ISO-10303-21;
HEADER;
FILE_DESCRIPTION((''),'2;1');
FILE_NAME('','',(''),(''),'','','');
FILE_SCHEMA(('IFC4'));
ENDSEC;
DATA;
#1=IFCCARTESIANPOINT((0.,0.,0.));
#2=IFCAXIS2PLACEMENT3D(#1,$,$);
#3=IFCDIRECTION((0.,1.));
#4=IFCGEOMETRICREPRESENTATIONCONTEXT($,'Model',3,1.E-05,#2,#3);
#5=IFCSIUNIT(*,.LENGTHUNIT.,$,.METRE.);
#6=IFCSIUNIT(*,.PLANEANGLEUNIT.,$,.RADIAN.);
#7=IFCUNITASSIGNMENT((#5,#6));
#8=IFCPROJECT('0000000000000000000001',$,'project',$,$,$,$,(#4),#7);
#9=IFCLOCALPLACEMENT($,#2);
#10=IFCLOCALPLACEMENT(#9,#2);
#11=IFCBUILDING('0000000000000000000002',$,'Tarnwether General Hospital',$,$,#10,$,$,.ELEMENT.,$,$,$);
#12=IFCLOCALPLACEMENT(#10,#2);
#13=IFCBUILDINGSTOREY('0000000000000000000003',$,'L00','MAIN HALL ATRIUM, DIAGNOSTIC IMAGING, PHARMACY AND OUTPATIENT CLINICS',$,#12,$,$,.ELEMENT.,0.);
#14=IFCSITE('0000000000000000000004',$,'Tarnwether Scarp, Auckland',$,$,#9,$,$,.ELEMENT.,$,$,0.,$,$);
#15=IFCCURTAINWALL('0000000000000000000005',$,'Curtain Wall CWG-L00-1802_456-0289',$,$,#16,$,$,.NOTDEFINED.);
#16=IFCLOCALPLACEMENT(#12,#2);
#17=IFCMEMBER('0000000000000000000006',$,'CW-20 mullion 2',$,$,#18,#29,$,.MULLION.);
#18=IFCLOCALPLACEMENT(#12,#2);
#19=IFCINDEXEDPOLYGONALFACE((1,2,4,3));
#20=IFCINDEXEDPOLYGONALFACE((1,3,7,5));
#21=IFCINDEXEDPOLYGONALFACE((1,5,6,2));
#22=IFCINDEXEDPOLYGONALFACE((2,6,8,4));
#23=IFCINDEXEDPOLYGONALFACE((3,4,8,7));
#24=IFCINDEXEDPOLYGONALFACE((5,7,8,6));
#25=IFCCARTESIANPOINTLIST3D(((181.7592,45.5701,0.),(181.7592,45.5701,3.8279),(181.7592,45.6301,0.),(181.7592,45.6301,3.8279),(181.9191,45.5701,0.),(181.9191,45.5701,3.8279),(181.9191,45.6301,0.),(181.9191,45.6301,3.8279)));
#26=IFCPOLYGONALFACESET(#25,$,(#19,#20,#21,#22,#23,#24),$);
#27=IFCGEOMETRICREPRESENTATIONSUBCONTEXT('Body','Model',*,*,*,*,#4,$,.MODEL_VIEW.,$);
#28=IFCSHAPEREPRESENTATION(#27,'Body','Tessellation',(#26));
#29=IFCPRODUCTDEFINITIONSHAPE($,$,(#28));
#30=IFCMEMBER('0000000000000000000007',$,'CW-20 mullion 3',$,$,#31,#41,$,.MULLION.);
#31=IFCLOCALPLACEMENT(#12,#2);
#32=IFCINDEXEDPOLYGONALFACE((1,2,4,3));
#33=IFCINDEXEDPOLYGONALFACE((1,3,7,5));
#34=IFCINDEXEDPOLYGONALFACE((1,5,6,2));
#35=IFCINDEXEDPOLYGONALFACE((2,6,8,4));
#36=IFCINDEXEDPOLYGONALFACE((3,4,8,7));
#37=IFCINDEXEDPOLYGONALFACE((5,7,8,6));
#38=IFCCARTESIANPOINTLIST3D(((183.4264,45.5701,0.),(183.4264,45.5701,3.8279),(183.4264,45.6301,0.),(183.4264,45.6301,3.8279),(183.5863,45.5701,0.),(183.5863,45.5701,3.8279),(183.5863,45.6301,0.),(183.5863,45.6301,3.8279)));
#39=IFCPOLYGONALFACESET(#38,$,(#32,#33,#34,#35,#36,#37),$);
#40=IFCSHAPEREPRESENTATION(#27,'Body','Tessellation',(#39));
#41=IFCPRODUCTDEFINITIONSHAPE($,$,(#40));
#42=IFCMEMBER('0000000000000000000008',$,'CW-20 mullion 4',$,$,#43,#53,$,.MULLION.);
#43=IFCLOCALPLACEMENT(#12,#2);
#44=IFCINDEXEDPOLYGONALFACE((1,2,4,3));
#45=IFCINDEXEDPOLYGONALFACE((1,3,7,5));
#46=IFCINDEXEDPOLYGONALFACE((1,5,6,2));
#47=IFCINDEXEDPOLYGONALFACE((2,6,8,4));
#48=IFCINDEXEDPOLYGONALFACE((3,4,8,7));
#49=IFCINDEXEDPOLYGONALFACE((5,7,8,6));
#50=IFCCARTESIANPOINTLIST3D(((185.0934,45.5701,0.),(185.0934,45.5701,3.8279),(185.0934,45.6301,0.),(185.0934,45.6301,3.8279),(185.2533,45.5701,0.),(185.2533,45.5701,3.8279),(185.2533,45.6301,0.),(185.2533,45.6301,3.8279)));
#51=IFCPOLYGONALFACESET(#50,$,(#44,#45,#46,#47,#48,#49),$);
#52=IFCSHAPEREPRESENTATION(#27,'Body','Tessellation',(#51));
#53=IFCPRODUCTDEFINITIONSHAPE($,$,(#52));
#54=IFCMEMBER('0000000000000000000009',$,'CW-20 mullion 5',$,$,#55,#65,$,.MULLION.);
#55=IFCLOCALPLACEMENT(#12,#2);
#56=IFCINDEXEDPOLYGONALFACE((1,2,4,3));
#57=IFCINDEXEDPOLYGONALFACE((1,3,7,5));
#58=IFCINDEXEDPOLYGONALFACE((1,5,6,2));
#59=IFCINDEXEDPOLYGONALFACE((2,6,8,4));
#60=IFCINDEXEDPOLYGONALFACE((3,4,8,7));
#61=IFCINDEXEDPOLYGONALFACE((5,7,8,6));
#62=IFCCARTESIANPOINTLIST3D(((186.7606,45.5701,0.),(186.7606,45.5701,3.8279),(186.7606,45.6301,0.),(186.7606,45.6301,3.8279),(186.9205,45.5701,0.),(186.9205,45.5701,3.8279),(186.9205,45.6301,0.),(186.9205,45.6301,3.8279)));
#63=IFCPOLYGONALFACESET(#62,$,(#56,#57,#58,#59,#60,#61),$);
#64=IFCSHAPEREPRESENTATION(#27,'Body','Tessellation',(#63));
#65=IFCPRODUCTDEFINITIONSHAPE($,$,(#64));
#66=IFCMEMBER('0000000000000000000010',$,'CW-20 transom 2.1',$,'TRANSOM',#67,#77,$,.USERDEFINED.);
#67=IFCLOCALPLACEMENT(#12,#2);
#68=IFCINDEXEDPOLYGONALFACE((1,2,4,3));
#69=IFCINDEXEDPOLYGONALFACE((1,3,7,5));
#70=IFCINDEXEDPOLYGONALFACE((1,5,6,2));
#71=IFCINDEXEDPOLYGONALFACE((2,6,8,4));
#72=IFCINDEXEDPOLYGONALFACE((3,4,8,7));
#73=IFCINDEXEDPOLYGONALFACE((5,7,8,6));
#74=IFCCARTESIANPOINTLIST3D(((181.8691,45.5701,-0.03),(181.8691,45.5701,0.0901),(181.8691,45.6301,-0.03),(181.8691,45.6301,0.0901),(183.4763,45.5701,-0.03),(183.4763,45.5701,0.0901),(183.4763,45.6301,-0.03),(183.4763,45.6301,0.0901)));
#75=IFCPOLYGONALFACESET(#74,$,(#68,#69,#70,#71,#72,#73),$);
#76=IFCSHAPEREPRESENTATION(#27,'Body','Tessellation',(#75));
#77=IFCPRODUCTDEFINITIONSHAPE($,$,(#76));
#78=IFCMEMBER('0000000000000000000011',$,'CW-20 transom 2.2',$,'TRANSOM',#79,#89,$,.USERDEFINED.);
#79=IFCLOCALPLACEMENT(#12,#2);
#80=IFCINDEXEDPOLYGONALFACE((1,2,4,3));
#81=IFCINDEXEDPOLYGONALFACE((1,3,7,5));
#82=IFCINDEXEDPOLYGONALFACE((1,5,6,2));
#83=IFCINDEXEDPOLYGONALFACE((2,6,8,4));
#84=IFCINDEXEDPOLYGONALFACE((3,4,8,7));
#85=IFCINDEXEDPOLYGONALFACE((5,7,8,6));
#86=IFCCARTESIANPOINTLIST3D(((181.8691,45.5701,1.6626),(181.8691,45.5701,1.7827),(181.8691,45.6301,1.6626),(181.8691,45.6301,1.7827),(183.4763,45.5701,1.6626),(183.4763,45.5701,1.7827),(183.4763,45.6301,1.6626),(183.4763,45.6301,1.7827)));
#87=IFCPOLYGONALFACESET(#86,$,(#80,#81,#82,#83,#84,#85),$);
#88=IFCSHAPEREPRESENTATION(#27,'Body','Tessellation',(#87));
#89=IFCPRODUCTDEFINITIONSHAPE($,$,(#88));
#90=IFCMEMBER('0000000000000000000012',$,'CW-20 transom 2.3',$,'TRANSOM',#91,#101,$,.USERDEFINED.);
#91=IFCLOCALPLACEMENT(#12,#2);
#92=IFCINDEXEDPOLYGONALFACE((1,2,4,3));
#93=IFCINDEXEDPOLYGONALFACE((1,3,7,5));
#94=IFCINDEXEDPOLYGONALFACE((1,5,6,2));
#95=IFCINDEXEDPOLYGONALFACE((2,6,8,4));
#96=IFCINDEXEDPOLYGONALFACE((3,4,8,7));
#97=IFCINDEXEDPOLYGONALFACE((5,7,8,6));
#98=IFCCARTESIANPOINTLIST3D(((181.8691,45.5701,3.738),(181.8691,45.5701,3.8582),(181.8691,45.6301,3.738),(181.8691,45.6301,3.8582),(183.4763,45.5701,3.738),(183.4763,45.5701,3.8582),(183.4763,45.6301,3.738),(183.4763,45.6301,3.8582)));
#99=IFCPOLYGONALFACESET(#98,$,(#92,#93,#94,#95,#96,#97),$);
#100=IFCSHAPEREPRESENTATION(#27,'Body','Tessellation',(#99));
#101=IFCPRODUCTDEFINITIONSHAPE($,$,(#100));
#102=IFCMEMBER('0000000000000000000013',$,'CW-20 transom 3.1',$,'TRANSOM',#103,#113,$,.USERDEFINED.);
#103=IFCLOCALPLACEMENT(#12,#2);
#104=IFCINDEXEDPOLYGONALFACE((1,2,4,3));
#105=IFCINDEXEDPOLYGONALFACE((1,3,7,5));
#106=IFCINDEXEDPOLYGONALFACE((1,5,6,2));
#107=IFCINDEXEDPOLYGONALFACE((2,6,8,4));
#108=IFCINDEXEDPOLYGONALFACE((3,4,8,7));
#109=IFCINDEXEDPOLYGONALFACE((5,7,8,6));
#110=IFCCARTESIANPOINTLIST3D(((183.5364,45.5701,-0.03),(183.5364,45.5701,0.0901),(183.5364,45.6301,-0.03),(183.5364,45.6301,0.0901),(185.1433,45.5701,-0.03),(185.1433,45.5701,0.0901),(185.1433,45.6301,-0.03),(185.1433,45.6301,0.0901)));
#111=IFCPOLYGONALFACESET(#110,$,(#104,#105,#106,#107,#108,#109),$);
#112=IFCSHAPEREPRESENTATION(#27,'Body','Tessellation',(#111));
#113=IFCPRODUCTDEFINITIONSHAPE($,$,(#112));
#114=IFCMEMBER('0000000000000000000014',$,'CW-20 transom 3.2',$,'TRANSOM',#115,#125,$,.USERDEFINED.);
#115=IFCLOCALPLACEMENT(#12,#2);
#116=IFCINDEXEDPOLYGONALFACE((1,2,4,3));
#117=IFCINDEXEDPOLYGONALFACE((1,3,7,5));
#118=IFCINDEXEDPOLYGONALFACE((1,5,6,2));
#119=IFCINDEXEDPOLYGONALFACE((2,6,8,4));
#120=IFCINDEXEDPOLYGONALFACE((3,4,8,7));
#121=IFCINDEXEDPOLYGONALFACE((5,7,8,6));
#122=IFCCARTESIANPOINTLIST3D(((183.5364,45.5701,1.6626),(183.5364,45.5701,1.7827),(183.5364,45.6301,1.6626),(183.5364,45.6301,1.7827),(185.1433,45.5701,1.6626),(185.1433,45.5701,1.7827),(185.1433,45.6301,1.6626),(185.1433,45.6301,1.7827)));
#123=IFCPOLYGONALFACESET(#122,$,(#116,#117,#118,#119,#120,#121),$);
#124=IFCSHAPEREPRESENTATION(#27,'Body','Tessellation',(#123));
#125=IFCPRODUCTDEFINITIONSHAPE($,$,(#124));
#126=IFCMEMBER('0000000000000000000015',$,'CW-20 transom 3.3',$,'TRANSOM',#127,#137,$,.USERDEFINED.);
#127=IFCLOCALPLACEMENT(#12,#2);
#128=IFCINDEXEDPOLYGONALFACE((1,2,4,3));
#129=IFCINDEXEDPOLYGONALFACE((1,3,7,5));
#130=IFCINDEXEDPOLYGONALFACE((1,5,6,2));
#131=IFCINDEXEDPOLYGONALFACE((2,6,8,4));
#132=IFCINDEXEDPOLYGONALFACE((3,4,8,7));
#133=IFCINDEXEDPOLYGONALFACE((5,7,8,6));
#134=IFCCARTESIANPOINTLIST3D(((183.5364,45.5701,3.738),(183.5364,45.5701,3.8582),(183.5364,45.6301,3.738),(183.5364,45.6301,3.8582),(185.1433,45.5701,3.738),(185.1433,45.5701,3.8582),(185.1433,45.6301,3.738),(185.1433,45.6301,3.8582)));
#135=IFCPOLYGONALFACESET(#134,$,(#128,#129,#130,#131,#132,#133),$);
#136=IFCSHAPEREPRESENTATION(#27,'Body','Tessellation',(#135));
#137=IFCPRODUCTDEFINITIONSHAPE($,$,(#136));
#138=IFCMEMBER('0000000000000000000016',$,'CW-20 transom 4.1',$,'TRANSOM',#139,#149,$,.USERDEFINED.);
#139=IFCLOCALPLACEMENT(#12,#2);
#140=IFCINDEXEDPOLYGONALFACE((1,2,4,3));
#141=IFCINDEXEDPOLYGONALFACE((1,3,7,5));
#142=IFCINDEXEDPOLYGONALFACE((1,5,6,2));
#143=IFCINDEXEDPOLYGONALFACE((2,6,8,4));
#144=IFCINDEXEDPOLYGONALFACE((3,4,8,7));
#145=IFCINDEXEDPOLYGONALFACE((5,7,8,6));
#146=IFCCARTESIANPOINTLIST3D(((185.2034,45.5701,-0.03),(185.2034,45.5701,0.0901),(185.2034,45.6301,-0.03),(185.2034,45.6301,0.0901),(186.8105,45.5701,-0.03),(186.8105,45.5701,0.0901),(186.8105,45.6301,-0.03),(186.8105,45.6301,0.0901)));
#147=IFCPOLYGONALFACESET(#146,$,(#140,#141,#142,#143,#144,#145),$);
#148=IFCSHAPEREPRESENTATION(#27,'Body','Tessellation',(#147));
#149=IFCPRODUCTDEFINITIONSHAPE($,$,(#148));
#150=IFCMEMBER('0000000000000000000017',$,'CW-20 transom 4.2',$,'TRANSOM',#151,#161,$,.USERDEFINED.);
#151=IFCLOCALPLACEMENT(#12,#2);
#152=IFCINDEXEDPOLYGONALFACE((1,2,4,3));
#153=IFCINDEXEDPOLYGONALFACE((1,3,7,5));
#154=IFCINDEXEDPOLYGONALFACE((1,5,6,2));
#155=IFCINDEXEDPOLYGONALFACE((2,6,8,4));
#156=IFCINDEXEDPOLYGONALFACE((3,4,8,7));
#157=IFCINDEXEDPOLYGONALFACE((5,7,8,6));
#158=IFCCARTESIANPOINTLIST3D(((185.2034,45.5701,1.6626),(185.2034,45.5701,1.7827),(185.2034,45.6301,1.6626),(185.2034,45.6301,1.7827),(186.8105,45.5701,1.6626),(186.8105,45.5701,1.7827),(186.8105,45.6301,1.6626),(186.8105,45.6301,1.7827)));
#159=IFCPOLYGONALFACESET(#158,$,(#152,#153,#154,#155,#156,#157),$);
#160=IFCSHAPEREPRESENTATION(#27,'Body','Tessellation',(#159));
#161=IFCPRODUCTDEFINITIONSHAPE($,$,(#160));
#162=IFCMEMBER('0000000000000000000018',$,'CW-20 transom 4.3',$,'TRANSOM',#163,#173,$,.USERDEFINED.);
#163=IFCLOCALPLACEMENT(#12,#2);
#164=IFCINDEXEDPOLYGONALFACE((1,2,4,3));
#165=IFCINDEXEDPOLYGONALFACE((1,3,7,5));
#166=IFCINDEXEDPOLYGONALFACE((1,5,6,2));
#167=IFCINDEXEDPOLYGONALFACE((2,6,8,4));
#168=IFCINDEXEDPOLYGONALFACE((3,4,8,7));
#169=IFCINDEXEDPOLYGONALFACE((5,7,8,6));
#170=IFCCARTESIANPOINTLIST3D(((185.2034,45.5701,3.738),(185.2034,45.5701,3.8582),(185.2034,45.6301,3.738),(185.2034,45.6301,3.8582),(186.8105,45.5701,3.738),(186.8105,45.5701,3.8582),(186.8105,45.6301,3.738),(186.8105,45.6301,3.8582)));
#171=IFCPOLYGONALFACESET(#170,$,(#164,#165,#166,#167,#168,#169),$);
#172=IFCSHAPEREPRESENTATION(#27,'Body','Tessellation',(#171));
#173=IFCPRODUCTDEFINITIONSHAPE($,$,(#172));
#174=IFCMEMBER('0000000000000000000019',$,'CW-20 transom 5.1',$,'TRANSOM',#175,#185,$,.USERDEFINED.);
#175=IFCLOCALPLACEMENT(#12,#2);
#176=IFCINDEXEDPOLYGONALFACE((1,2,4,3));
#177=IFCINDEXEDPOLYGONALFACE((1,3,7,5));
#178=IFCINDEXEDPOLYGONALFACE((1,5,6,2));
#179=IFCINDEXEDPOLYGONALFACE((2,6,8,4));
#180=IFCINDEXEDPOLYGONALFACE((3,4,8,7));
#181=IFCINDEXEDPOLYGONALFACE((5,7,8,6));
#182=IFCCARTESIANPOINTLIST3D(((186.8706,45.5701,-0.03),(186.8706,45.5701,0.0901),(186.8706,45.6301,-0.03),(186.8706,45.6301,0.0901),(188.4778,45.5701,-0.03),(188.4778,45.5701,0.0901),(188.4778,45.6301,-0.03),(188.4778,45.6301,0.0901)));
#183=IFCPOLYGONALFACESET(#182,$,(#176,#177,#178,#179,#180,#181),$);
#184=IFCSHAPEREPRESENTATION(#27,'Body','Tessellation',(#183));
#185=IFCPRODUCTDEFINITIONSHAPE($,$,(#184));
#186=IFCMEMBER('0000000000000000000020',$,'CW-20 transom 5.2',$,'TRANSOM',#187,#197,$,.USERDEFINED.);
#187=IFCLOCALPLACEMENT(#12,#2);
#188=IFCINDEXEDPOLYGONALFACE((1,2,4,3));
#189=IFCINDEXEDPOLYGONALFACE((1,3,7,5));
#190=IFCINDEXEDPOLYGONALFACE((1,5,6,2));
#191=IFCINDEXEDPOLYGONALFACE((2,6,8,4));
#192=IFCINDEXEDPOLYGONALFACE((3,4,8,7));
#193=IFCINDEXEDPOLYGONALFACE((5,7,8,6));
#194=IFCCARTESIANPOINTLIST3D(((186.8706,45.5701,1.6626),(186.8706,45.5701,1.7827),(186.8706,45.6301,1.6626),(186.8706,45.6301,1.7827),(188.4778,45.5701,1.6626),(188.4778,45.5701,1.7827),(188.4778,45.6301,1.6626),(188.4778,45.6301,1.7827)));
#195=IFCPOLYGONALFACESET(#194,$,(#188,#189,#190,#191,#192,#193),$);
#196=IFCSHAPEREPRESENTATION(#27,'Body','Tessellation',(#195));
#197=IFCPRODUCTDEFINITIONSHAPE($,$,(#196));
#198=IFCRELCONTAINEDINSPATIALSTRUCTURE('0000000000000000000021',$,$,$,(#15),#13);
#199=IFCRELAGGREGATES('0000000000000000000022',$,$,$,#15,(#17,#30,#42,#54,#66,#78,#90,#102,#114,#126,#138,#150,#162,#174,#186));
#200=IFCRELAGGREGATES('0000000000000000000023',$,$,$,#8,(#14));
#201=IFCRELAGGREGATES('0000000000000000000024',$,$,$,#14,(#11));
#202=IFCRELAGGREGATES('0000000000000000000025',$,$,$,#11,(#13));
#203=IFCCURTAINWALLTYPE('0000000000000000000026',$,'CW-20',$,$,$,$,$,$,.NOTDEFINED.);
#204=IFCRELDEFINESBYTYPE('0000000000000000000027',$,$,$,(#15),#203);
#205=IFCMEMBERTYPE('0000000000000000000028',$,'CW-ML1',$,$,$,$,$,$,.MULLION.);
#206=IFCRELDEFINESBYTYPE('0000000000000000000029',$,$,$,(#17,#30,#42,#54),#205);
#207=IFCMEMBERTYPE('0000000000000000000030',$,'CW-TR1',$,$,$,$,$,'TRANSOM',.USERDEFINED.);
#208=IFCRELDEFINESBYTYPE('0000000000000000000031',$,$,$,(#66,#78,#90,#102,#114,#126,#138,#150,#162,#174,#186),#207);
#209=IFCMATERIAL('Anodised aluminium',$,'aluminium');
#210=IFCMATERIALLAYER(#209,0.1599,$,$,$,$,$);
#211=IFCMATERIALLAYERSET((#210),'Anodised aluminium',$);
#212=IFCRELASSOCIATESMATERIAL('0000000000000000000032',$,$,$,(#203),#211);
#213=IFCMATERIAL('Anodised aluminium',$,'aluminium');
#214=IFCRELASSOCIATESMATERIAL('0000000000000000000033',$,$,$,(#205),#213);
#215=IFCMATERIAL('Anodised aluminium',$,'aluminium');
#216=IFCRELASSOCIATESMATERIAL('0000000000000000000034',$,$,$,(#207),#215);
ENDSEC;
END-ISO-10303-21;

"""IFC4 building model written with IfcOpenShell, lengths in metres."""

from ifc_helpers import new_model, si_unit, direction, frame, origin, origin_2d, place, context, subcontext, project, spatial, rectangle, extrude, material, layer, layer_set, material_profile, profile_set, type_object, element, aggregate, save


model = new_model("IFC4")

# Units and contexts
model_context = context("Model", 3, precision=1e-05, world=origin(), true_north=direction((0.0, 1.0)))
body_context = subcontext(model_context, "Body", "Model", "MODEL_VIEW")
ifc_project = project(units=[si_unit("LENGTHUNIT", "METRE"), si_unit("PLANEANGLEUNIT", "RADIAN")], contexts=[model_context])

# Site, building, storey
site_placement = place(None, origin())
site = spatial("IfcSite", under=ifc_project, at=site_placement, Name="Tarnwether Scarp, Auckland", CompositionType="ELEMENT", RefElevation=0.0)
building_placement = place(site_placement, origin())
building = spatial("IfcBuilding", under=site, at=building_placement, Name="Tarnwether General Hospital", CompositionType="ELEMENT")
storey_placement = place(building_placement, origin())
storey = spatial("IfcBuildingStorey", under=building, at=storey_placement, Name="L00", Description="MAIN HALL ATRIUM, DIAGNOSTIC IMAGING, PHARMACY AND OUTPATIENT CLINICS", CompositionType="ELEMENT", Elevation=0.0)

# Curtain wall, members
ifc_material_1 = material(Name="Anodised aluminium", Category="aluminium")
ifc_layer_1 = layer(ifc_material_1, 0.1599)
ifc_layer_set_1 = layer_set([ifc_layer_1], Name="Anodised aluminium")
curtain_wall_type = type_object("IfcCurtainWallType", Name="CW-20", PredefinedType="NOTDEFINED", material=ifc_layer_set_1)
curtain_wall_placement = place(storey_placement, origin())
curtain_wall = element("IfcCurtainWall", 1, at=curtain_wall_placement, inside=storey, type_object=curtain_wall_type, Name="Curtain Wall CWG-L00-1802_456-0289", PredefinedType="NOTDEFINED")
ifc_material_2 = material(Name="Anodised aluminium", Category="aluminium")
ifc_material_profile_1 = material_profile(ifc_material_2, rectangle(XDim=0.0601, YDim=0.1599, at=origin_2d()), Name="ALU-MUL-60x160")
ifc_profile_set_1 = profile_set([ifc_material_profile_1], Name="Anodised aluminium")
member_type_1 = type_object("IfcMemberType", Name="CW-ML1", PredefinedType="MULLION", material=ifc_profile_set_1)
member_1_placement = place(storey_placement, frame((181.8391, 45.6001, 0.0), z_axis=(0.0, 0.0, 1.0), x_axis=(0.0, 1.0, 0.0)))
member_1 = element("IfcMember", 2, at=member_1_placement, type_object=member_type_1, Name="CW-20 mullion 2", PredefinedType="MULLION", context=body_context, shape_type="SweptSolid", body=[
    extrude(rectangle(XDim=0.0601, YDim=0.1599, at=origin_2d()), origin(), (0.0, 0.0, 1.0), 3.8279),
])
member_2_placement = place(storey_placement, frame((183.5063, 45.6001, 0.0), z_axis=(0.0, 0.0, 1.0), x_axis=(0.0, 1.0, 0.0)))
member_2 = element("IfcMember", 3, at=member_2_placement, type_object=member_type_1, Name="CW-20 mullion 3", PredefinedType="MULLION", context=body_context, shape_type="SweptSolid", body=[
    extrude(rectangle(XDim=0.0601, YDim=0.1599, at=origin_2d()), origin(), (0.0, 0.0, 1.0), 3.8279),
])
member_3_placement = place(storey_placement, frame((185.1733, 45.6001, 0.0), z_axis=(0.0, 0.0, 1.0), x_axis=(0.0, 1.0, 0.0)))
member_3 = element("IfcMember", 4, at=member_3_placement, type_object=member_type_1, Name="CW-20 mullion 4", PredefinedType="MULLION", context=body_context, shape_type="SweptSolid", body=[
    extrude(rectangle(XDim=0.0601, YDim=0.1599, at=origin_2d()), origin(), (0.0, 0.0, 1.0), 3.8279),
])
member_4_placement = place(storey_placement, frame((186.8406, 45.6001, 0.0), z_axis=(0.0, 0.0, 1.0), x_axis=(0.0, 1.0, 0.0)))
member_4 = element("IfcMember", 5, at=member_4_placement, type_object=member_type_1, Name="CW-20 mullion 5", PredefinedType="MULLION", context=body_context, shape_type="SweptSolid", body=[
    extrude(rectangle(XDim=0.0601, YDim=0.1599, at=origin_2d()), origin(), (0.0, 0.0, 1.0), 3.8279),
])
ifc_material_3 = material(Name="Anodised aluminium", Category="aluminium")
ifc_material_profile_2 = material_profile(ifc_material_3, rectangle(XDim=0.0601, YDim=0.1201, at=origin_2d()), Name="ALU-TRN-60x120")
ifc_profile_set_2 = profile_set([ifc_material_profile_2], Name="Anodised aluminium")
member_type_2 = type_object("IfcMemberType", Name="CW-TR1", ElementType="TRANSOM", PredefinedType="USERDEFINED", material=ifc_profile_set_2)
member_5_placement = place(storey_placement, frame((181.8691, 45.6001, 0.03), z_axis=(1.0, 0.0, 0.0), x_axis=(0.0, 1.0, 0.0)))
member_5 = element("IfcMember", 6, at=member_5_placement, type_object=member_type_2, Name="CW-20 transom 2.1", ObjectType="TRANSOM", PredefinedType="USERDEFINED", context=body_context, shape_type="SweptSolid", body=[
    extrude(rectangle(XDim=0.0601, YDim=0.1201, at=origin_2d()), origin(), (0.0, 0.0, 1.0), 1.6072),
])
member_6_placement = place(storey_placement, frame((181.8691, 45.6001, 1.7227), z_axis=(1.0, 0.0, 0.0), x_axis=(0.0, 1.0, 0.0)))
member_6 = element("IfcMember", 7, at=member_6_placement, type_object=member_type_2, Name="CW-20 transom 2.2", ObjectType="TRANSOM", PredefinedType="USERDEFINED", context=body_context, shape_type="SweptSolid", body=[
    extrude(rectangle(XDim=0.0601, YDim=0.1201, at=origin_2d()), origin(), (0.0, 0.0, 1.0), 1.6072),
])
member_7_placement = place(storey_placement, frame((181.8691, 45.6001, 3.7981), z_axis=(1.0, 0.0, 0.0), x_axis=(0.0, 1.0, 0.0)))
member_7 = element("IfcMember", 8, at=member_7_placement, type_object=member_type_2, Name="CW-20 transom 2.3", ObjectType="TRANSOM", PredefinedType="USERDEFINED", context=body_context, shape_type="SweptSolid", body=[
    extrude(rectangle(XDim=0.0601, YDim=0.1201, at=origin_2d()), origin(), (0.0, 0.0, 1.0), 1.6072),
])
member_8_placement = place(storey_placement, frame((183.5364, 45.6001, 0.03), z_axis=(1.0, 0.0, 0.0), x_axis=(0.0, 1.0, 0.0)))
member_8 = element("IfcMember", 9, at=member_8_placement, type_object=member_type_2, Name="CW-20 transom 3.1", ObjectType="TRANSOM", PredefinedType="USERDEFINED", context=body_context, shape_type="SweptSolid", body=[
    extrude(rectangle(XDim=0.0601, YDim=0.1201, at=origin_2d()), origin(), (0.0, 0.0, 1.0), 1.6069),
])
member_9_placement = place(storey_placement, frame((183.5364, 45.6001, 1.7227), z_axis=(1.0, 0.0, 0.0), x_axis=(0.0, 1.0, 0.0)))
member_9 = element("IfcMember", 10, at=member_9_placement, type_object=member_type_2, Name="CW-20 transom 3.2", ObjectType="TRANSOM", PredefinedType="USERDEFINED", context=body_context, shape_type="SweptSolid", body=[
    extrude(rectangle(XDim=0.0601, YDim=0.1201, at=origin_2d()), origin(), (0.0, 0.0, 1.0), 1.6069),
])
member_10_placement = place(storey_placement, frame((183.5364, 45.6001, 3.7981), z_axis=(1.0, 0.0, 0.0), x_axis=(0.0, 1.0, 0.0)))
member_10 = element("IfcMember", 11, at=member_10_placement, type_object=member_type_2, Name="CW-20 transom 3.3", ObjectType="TRANSOM", PredefinedType="USERDEFINED", context=body_context, shape_type="SweptSolid", body=[
    extrude(rectangle(XDim=0.0601, YDim=0.1201, at=origin_2d()), origin(), (0.0, 0.0, 1.0), 1.6069),
])
member_11_placement = place(storey_placement, frame((185.2034, 45.6001, 0.03), z_axis=(1.0, 0.0, 0.0), x_axis=(0.0, 1.0, 0.0)))
member_11 = element("IfcMember", 12, at=member_11_placement, type_object=member_type_2, Name="CW-20 transom 4.1", ObjectType="TRANSOM", PredefinedType="USERDEFINED", context=body_context, shape_type="SweptSolid", body=[
    extrude(rectangle(XDim=0.0601, YDim=0.1201, at=origin_2d()), origin(), (0.0, 0.0, 1.0), 1.6072),
])
member_12_placement = place(storey_placement, frame((185.2034, 45.6001, 1.7227), z_axis=(1.0, 0.0, 0.0), x_axis=(0.0, 1.0, 0.0)))
member_12 = element("IfcMember", 13, at=member_12_placement, type_object=member_type_2, Name="CW-20 transom 4.2", ObjectType="TRANSOM", PredefinedType="USERDEFINED", context=body_context, shape_type="SweptSolid", body=[
    extrude(rectangle(XDim=0.0601, YDim=0.1201, at=origin_2d()), origin(), (0.0, 0.0, 1.0), 1.6072),
])
member_13_placement = place(storey_placement, frame((185.2034, 45.6001, 3.7981), z_axis=(1.0, 0.0, 0.0), x_axis=(0.0, 1.0, 0.0)))
member_13 = element("IfcMember", 14, at=member_13_placement, type_object=member_type_2, Name="CW-20 transom 4.3", ObjectType="TRANSOM", PredefinedType="USERDEFINED", context=body_context, shape_type="SweptSolid", body=[
    extrude(rectangle(XDim=0.0601, YDim=0.1201, at=origin_2d()), origin(), (0.0, 0.0, 1.0), 1.6072),
])
member_14_placement = place(storey_placement, frame((186.8706, 45.6001, 0.03), z_axis=(1.0, 0.0, 0.0), x_axis=(0.0, 1.0, 0.0)))
member_14 = element("IfcMember", 15, at=member_14_placement, type_object=member_type_2, Name="CW-20 transom 5.1", ObjectType="TRANSOM", PredefinedType="USERDEFINED", context=body_context, shape_type="SweptSolid", body=[
    extrude(rectangle(XDim=0.0601, YDim=0.1201, at=origin_2d()), origin(), (0.0, 0.0, 1.0), 1.6072),
])
member_15_placement = place(storey_placement, frame((186.8706, 45.6001, 1.7227), z_axis=(1.0, 0.0, 0.0), x_axis=(0.0, 1.0, 0.0)))
member_15 = element("IfcMember", 16, at=member_15_placement, type_object=member_type_2, Name="CW-20 transom 5.2", ObjectType="TRANSOM", PredefinedType="USERDEFINED", context=body_context, shape_type="SweptSolid", body=[
    extrude(rectangle(XDim=0.0601, YDim=0.1201, at=origin_2d()), origin(), (0.0, 0.0, 1.0), 1.6072),
])
aggregate(curtain_wall, [member_1, member_2, member_3, member_4, member_5, member_6, member_7, member_8, member_9, member_10, member_11, member_12, member_13, member_14, member_15])

save(model, "model.ifc")
